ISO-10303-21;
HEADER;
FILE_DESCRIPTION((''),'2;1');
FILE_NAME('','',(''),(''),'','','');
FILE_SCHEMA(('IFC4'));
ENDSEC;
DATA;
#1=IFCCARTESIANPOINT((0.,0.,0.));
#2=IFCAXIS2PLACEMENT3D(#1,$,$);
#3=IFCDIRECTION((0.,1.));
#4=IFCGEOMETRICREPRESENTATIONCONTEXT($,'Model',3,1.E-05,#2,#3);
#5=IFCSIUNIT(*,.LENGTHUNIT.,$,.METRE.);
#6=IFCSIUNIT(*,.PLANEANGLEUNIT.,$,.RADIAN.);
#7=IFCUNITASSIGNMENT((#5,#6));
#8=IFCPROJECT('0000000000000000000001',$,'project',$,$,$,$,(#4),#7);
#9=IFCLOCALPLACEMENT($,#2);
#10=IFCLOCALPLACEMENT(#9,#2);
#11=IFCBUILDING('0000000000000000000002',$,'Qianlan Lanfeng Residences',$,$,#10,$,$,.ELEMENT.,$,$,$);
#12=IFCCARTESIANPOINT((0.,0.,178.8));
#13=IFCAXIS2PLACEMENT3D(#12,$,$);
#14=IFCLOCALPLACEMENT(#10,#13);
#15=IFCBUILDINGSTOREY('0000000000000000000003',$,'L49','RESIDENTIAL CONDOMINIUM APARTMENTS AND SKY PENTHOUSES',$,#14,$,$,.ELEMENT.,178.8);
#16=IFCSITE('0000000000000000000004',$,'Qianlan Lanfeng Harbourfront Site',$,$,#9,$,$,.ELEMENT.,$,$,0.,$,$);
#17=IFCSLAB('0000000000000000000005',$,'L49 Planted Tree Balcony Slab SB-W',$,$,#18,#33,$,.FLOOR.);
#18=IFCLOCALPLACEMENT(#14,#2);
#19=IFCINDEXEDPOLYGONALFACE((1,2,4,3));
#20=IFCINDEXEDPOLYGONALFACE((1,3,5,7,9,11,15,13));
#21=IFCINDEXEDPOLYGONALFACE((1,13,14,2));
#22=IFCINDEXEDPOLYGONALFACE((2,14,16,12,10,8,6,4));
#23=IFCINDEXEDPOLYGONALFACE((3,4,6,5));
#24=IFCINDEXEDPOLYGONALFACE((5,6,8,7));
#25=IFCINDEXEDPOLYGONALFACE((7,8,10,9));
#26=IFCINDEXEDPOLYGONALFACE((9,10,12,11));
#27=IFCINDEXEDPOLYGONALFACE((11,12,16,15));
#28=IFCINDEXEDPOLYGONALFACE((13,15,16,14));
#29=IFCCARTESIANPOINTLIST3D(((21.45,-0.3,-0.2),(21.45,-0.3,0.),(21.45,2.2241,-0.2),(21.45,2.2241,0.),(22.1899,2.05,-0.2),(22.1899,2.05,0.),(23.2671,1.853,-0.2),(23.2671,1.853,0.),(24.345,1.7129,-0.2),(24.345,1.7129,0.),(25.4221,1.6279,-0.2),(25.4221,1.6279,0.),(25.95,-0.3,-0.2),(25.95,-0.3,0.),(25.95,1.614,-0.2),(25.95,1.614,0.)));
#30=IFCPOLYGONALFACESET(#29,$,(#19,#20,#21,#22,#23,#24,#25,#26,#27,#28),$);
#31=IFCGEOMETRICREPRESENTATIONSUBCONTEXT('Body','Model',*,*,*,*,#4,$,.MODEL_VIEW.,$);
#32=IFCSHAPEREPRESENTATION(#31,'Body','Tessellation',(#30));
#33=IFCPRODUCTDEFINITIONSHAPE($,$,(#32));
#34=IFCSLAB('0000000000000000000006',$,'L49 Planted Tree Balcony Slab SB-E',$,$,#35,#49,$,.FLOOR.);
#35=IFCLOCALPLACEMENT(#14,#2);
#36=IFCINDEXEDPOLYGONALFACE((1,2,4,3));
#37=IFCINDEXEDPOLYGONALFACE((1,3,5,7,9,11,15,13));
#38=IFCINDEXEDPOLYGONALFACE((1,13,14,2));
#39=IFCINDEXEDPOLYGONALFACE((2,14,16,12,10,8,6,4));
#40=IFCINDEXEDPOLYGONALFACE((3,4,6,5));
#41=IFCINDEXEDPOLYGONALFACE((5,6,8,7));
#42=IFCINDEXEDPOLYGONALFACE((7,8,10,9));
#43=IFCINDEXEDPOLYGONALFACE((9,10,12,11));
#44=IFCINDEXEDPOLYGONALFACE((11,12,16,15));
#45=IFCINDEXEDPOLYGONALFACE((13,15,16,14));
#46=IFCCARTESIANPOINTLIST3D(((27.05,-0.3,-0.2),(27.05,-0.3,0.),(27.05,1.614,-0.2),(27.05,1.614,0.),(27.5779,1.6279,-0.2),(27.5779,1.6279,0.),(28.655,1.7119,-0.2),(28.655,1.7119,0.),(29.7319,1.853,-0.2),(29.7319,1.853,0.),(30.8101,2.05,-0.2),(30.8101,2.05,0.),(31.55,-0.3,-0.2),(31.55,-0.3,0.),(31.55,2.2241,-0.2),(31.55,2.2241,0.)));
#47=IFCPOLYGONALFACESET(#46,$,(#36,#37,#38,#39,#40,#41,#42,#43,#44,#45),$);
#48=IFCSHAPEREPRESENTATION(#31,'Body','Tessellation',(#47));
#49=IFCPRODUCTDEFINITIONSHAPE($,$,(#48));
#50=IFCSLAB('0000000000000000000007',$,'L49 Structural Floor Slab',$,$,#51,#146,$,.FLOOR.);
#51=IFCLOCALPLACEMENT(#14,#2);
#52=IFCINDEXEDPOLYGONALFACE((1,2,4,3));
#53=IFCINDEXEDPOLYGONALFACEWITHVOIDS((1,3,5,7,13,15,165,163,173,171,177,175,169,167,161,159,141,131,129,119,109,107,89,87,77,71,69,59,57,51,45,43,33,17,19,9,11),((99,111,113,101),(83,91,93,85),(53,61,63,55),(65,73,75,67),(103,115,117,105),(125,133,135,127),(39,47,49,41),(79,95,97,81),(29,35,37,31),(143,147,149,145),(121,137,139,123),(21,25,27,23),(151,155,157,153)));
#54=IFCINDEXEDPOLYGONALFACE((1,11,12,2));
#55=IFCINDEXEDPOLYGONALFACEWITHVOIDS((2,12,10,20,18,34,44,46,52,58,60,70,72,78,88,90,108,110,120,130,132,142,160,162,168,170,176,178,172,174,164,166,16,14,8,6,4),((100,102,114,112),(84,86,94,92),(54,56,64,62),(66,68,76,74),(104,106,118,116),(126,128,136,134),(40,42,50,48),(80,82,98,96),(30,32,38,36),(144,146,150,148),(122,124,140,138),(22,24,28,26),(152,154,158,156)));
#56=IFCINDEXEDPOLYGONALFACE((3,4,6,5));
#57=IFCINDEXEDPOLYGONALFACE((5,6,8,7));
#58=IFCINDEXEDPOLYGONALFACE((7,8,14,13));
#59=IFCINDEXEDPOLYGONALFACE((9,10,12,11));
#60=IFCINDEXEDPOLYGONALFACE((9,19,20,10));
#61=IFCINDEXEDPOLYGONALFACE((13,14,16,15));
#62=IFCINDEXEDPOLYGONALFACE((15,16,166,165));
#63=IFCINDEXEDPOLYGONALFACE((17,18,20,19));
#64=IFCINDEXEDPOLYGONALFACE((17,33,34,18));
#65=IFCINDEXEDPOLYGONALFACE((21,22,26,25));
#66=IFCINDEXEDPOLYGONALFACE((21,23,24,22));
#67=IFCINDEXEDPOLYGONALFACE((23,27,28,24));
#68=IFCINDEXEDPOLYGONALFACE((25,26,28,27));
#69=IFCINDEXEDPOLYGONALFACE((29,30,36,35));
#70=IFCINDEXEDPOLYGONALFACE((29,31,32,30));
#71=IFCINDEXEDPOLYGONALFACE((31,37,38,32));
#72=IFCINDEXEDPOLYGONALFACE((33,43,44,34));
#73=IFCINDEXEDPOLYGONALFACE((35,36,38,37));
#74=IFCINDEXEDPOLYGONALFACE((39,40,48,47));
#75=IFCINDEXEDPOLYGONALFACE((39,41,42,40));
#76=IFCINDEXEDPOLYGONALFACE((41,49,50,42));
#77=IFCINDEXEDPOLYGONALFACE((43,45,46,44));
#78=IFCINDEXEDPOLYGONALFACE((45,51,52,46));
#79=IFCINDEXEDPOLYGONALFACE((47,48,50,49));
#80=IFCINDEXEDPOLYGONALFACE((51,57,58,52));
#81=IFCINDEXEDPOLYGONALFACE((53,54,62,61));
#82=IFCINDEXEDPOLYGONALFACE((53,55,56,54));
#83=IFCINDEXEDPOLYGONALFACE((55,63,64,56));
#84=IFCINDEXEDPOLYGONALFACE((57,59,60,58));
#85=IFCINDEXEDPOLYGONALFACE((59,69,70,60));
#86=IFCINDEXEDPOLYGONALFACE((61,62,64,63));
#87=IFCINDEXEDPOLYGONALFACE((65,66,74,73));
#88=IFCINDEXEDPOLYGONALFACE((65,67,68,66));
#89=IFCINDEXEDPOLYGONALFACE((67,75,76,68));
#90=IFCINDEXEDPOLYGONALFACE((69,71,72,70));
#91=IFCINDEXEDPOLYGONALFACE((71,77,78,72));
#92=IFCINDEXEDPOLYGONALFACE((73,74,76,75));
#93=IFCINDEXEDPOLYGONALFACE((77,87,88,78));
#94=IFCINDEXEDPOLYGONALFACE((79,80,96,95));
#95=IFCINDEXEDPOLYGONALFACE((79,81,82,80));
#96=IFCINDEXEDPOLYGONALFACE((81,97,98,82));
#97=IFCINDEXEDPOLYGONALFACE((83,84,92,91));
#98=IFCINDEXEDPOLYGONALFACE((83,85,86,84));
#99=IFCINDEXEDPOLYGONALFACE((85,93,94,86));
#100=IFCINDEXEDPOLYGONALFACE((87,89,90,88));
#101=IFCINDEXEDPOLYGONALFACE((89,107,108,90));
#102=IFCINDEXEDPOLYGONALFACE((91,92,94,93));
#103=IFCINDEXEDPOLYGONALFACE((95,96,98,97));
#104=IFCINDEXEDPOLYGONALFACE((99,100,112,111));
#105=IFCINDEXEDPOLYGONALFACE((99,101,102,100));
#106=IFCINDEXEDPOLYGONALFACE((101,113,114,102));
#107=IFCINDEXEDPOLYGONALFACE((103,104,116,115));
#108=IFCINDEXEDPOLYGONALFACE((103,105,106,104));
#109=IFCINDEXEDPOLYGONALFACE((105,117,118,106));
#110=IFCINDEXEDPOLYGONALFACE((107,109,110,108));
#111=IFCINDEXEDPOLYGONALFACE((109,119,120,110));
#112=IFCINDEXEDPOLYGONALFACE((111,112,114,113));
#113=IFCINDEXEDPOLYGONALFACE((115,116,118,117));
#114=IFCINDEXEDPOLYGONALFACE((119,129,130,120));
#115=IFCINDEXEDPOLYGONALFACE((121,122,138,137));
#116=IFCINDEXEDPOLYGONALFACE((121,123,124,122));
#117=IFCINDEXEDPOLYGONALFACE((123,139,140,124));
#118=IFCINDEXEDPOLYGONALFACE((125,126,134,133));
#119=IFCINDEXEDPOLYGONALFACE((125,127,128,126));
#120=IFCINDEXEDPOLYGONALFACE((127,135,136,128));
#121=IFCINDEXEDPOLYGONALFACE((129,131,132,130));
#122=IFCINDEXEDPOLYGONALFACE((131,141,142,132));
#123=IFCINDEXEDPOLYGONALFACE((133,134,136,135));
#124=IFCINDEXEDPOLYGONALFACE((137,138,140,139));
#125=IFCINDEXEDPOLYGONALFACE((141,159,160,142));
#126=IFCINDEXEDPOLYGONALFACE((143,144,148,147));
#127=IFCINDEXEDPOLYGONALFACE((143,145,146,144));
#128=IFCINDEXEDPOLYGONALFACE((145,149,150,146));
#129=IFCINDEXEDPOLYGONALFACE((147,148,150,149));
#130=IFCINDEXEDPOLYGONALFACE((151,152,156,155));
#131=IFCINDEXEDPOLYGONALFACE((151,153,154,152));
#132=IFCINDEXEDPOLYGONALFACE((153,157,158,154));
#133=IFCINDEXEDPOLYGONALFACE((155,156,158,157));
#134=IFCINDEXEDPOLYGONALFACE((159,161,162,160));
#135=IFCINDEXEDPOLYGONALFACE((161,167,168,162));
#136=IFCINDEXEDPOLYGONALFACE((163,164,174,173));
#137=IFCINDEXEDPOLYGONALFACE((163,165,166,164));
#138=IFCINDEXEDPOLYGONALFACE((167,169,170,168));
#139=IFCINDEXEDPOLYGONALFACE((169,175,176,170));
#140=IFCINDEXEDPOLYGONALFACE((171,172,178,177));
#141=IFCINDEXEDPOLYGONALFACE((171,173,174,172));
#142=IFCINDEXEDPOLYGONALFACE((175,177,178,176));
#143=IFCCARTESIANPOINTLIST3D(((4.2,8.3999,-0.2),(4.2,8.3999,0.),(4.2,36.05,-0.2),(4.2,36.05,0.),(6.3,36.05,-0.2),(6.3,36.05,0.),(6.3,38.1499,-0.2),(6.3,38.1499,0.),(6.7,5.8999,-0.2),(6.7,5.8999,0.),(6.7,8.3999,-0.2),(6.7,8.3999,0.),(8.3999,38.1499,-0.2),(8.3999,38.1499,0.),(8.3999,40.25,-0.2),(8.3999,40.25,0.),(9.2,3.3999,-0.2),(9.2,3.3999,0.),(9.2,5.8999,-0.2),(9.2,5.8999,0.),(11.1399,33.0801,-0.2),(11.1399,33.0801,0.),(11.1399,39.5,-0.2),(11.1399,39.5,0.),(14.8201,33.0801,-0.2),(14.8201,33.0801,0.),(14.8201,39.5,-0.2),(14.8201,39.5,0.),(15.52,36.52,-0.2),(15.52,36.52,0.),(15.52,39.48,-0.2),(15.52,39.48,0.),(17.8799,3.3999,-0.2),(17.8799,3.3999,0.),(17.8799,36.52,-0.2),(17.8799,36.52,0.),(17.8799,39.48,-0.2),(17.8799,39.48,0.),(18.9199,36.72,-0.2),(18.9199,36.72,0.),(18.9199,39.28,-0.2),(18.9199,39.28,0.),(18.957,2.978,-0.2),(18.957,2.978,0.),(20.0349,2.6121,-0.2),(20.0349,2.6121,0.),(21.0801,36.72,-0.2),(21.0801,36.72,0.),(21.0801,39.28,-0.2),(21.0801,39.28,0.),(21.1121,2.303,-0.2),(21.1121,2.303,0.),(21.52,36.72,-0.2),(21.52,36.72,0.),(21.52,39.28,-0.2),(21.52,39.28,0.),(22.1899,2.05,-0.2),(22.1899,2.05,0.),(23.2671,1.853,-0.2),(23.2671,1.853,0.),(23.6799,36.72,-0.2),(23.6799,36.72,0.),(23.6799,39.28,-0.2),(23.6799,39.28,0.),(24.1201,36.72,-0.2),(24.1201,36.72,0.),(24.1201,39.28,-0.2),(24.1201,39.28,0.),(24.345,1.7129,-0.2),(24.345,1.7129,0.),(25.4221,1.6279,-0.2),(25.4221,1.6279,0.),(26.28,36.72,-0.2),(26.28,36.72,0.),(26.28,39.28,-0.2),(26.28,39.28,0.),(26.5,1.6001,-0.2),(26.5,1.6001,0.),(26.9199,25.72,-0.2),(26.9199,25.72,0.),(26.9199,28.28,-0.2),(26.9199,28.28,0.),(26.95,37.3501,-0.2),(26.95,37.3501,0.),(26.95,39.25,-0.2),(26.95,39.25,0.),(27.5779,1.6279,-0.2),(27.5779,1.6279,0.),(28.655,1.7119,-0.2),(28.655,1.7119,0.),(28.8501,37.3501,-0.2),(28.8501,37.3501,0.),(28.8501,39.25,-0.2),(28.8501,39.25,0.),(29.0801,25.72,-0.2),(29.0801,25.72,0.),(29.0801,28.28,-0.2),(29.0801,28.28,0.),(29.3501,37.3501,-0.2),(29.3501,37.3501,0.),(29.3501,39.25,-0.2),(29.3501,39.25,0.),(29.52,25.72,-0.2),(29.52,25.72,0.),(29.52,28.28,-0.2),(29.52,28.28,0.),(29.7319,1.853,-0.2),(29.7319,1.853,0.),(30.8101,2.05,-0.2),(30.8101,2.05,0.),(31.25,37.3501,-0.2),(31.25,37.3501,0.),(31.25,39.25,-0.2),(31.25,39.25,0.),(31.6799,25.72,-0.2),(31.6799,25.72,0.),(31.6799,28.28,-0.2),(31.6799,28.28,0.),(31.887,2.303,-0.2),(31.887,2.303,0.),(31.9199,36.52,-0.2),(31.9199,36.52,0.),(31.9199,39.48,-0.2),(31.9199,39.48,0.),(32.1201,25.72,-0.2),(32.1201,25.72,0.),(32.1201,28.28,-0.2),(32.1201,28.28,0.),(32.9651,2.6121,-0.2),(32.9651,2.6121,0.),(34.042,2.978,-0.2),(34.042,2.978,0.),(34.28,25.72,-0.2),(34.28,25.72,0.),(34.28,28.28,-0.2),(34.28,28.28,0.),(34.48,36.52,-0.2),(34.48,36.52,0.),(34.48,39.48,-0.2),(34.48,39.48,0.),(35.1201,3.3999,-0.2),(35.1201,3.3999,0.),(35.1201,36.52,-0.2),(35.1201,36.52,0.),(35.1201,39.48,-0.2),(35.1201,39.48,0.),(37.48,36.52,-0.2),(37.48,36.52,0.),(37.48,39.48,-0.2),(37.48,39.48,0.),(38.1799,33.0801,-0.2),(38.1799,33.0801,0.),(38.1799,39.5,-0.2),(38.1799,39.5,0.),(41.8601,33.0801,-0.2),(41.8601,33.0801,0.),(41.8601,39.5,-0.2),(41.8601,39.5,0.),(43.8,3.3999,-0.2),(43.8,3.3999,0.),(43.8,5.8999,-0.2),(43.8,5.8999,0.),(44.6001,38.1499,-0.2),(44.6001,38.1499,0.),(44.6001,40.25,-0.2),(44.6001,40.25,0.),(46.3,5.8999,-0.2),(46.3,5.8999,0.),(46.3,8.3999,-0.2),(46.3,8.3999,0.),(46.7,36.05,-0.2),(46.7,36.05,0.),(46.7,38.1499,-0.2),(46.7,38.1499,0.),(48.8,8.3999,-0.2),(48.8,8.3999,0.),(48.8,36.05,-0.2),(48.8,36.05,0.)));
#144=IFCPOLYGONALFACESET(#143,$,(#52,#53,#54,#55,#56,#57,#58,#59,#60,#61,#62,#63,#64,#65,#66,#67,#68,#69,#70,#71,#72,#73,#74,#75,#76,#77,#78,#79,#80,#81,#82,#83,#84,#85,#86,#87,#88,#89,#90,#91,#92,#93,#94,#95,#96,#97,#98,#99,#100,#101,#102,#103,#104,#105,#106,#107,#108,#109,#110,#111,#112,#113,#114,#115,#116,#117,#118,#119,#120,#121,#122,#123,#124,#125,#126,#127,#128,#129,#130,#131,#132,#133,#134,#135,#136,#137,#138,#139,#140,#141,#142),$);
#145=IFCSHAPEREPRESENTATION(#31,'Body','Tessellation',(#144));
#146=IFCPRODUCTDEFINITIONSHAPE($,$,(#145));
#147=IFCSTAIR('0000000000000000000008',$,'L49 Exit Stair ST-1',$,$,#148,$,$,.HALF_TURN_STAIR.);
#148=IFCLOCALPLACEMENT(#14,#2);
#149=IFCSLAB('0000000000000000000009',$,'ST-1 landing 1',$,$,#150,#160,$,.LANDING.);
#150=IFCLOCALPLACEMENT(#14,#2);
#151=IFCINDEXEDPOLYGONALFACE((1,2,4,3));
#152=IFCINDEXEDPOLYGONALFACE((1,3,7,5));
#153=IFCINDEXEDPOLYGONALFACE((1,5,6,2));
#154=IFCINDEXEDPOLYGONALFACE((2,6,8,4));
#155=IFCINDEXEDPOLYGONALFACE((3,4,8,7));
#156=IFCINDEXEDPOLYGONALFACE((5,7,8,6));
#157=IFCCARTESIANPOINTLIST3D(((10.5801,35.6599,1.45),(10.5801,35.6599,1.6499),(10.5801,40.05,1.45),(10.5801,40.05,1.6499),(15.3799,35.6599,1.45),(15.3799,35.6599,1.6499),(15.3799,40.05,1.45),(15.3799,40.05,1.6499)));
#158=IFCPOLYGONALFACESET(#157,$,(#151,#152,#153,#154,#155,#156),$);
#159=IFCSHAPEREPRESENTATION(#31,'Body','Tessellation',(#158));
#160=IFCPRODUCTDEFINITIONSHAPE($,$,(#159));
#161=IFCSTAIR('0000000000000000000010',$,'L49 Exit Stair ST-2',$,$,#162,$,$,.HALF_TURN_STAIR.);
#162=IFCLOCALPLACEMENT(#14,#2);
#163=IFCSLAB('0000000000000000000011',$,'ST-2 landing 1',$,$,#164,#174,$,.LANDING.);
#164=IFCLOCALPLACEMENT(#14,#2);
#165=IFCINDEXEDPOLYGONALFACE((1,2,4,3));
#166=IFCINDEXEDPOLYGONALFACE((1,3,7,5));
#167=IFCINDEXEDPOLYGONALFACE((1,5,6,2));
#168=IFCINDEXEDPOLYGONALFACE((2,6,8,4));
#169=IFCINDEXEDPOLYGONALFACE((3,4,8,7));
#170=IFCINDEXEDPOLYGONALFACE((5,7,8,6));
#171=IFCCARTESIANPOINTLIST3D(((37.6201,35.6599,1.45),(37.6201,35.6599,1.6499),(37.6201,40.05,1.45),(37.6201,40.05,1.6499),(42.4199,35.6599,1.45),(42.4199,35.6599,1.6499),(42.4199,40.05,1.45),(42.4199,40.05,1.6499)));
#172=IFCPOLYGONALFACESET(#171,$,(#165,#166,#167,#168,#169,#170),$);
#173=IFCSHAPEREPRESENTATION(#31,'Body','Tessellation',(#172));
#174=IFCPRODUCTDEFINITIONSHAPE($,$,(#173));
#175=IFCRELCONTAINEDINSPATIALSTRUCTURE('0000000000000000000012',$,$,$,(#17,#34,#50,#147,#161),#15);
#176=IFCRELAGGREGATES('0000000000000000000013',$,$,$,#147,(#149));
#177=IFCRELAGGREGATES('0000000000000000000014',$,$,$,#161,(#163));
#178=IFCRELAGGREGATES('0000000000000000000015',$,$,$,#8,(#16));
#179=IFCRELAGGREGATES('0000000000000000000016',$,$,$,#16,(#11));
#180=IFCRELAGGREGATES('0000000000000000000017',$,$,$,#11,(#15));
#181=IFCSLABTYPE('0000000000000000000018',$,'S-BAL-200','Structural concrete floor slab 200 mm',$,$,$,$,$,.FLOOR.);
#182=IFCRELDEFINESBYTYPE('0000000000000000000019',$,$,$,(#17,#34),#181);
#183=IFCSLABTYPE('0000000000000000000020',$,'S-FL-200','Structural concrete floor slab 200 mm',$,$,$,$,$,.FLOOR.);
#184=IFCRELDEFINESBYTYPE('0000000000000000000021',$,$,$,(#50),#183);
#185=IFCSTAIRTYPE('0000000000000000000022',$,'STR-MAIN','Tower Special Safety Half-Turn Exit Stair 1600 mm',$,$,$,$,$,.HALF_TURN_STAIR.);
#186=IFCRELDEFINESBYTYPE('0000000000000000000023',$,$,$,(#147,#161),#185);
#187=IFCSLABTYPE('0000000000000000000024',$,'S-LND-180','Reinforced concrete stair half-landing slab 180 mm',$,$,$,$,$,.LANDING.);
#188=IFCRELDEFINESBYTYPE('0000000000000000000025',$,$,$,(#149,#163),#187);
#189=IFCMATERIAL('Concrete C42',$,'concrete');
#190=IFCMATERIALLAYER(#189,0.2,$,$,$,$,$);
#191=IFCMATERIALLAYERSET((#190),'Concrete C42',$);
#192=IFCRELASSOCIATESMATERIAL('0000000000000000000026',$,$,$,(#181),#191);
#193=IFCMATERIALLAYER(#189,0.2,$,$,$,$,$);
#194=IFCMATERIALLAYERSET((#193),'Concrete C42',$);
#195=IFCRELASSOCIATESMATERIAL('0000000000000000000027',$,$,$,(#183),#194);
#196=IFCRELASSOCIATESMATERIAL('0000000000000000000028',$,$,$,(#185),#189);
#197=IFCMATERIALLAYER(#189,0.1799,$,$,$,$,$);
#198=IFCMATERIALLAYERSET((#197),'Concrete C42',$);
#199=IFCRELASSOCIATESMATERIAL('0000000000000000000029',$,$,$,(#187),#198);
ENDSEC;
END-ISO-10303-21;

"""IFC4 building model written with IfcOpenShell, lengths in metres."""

from ifc_helpers import new_model, si_unit, direction, frame, origin, place, context, subcontext, project, spatial, polyline, outline, extrude, material, layer, layer_set, type_object, element, aggregate, save


model = new_model("IFC4")

# Units and contexts
model_context = context("Model", 3, precision=1e-05, world=origin(), true_north=direction((0.0, 1.0)))
body_context = subcontext(model_context, "Body", "Model", "MODEL_VIEW")
ifc_project = project(units=[si_unit("LENGTHUNIT", "METRE"), si_unit("PLANEANGLEUNIT", "RADIAN")], contexts=[model_context])

# Site, building, storey
site_placement = place(None, origin())
site = spatial("IfcSite", under=ifc_project, at=site_placement, Name="Qianlan Lanfeng Harbourfront Site", CompositionType="ELEMENT", RefElevation=0.0)
building_placement = place(site_placement, origin())
building = spatial("IfcBuilding", under=site, at=building_placement, Name="Qianlan Lanfeng Residences", CompositionType="ELEMENT")
storey_placement = place(building_placement, frame((0.0, 0.0, 178.8)))
storey = spatial("IfcBuildingStorey", under=building, at=storey_placement, Name="L49", Description="RESIDENTIAL CONDOMINIUM APARTMENTS AND SKY PENTHOUSES", CompositionType="ELEMENT", Elevation=178.8)

# Slabs
ifc_material_1 = material(Name="Concrete C42", Category="concrete")
ifc_layer_1 = layer(ifc_material_1, 0.2)
ifc_layer_set_1 = layer_set([ifc_layer_1], Name="Concrete C42")
slab_type_1 = type_object("IfcSlabType", Name="S-BAL-200", Description="Structural concrete floor slab 200 mm", PredefinedType="FLOOR", material=ifc_layer_set_1)
slab_1_placement = place(storey_placement, frame((0.0, 0.0, -0.2)))
element("IfcSlab", 1, at=slab_1_placement, inside=storey, type_object=slab_type_1, Name="L49 Planted Tree Balcony Slab SB-W", PredefinedType="FLOOR", context=body_context, shape_type="SweptSolid", body=[
    extrude(outline(polyline([(25.95, 1.614), (25.4221, 1.6279), (24.345, 1.7129), (23.2671, 1.853), (22.1899, 2.05), (21.45, 2.2241), (21.45, -0.3), (25.95, -0.3), (25.95, 1.614)])), origin(), (0.0, 0.0, 1.0), 0.2),
])
slab_2_placement = place(storey_placement, frame((0.0, 0.0, -0.2)))
element("IfcSlab", 2, at=slab_2_placement, inside=storey, type_object=slab_type_1, Name="L49 Planted Tree Balcony Slab SB-E", PredefinedType="FLOOR", context=body_context, shape_type="SweptSolid", body=[
    extrude(outline(polyline([(31.55, 2.2241), (30.8101, 2.05), (29.7319, 1.853), (28.655, 1.7119), (27.5779, 1.6279), (27.05, 1.614), (27.05, -0.3), (31.55, -0.3), (31.55, 2.2241)])), origin(), (0.0, 0.0, 1.0), 0.2),
])
ifc_layer_2 = layer(ifc_material_1, 0.2)
ifc_layer_set_2 = layer_set([ifc_layer_2], Name="Concrete C42")
slab_type_2 = type_object("IfcSlabType", Name="S-FL-200", Description="Structural concrete floor slab 200 mm", PredefinedType="FLOOR", material=ifc_layer_set_2)
slab_3_placement = place(storey_placement, frame((0.0, 0.0, -0.2)))
element("IfcSlab", 3, at=slab_3_placement, inside=storey, type_object=slab_type_2, Name="L49 Structural Floor Slab", PredefinedType="FLOOR", context=body_context, shape_type="SweptSolid", body=[
    extrude(outline(polyline([(4.2, 8.3999), (6.7, 8.3999), (6.7, 5.8999), (9.2, 5.8999), (9.2, 3.3999), (17.8799, 3.3999), (18.957, 2.978), (20.0349, 2.6121), (21.1121, 2.303), (22.1899, 2.05), (23.2671, 1.853), (24.345, 1.7129), (25.4221, 1.6279), (26.5, 1.6001), (27.5779, 1.6279), (28.655, 1.7119), (29.7319, 1.853), (30.8101, 2.05), (31.887, 2.303), (32.9651, 2.6121), (34.042, 2.978), (35.1201, 3.3999), (43.8, 3.3999), (43.8, 5.8999), (46.3, 5.8999), (46.3, 8.3999), (48.8, 8.3999), (48.8, 36.05), (46.7, 36.05), (46.7, 38.1499), (44.6001, 38.1499), (44.6001, 40.25), (8.3999, 40.25), (8.3999, 38.1499), (6.3, 38.1499), (6.3, 36.05), (4.2, 36.05), (4.2, 8.3999)]), holes=[polyline([(11.1399, 33.0801), (11.1399, 39.5), (14.8201, 39.5), (14.8201, 33.0801), (11.1399, 33.0801)]), polyline([(38.1799, 33.0801), (38.1799, 39.5), (41.8601, 39.5), (41.8601, 33.0801), (38.1799, 33.0801)]), polyline([(15.52, 36.52), (15.52, 39.48), (17.8799, 39.48), (17.8799, 36.52), (15.52, 36.52)]), polyline([(35.1201, 36.52), (35.1201, 39.48), (37.48, 39.48), (37.48, 36.52), (35.1201, 36.52)]), polyline([(31.9199, 36.52), (31.9199, 39.48), (34.48, 39.48), (34.48, 36.52), (31.9199, 36.52)]), polyline([(26.9199, 25.72), (26.9199, 28.28), (29.0801, 28.28), (29.0801, 25.72), (26.9199, 25.72)]), polyline([(29.52, 25.72), (29.52, 28.28), (31.6799, 28.28), (31.6799, 25.72), (29.52, 25.72)]), polyline([(32.1201, 25.72), (32.1201, 28.28), (34.28, 28.28), (34.28, 25.72), (32.1201, 25.72)]), polyline([(18.9199, 36.72), (18.9199, 39.28), (21.0801, 39.28), (21.0801, 36.72), (18.9199, 36.72)]), polyline([(21.52, 36.72), (21.52, 39.28), (23.6799, 39.28), (23.6799, 36.72), (21.52, 36.72)]), polyline([(24.1201, 36.72), (24.1201, 39.28), (26.28, 39.28), (26.28, 36.72), (24.1201, 36.72)]), polyline([(26.95, 37.3501), (26.95, 39.25), (28.8501, 39.25), (28.8501, 37.3501), (26.95, 37.3501)]), polyline([(29.3501, 37.3501), (29.3501, 39.25), (31.25, 39.25), (31.25, 37.3501), (29.3501, 37.3501)])]), origin(), (0.0, 0.0, 1.0), 0.2),
])

# Stairs, slabs
stair_type = type_object("IfcStairType", Name="STR-MAIN", Description="Tower Special Safety Half-Turn Exit Stair 1600 mm", PredefinedType="HALF_TURN_STAIR", material=ifc_material_1)
stair_1_placement = place(storey_placement, origin())
stair_1 = element("IfcStair", 4, at=stair_1_placement, inside=storey, type_object=stair_type, Name="L49 Exit Stair ST-1", PredefinedType="HALF_TURN_STAIR")
ifc_layer_3 = layer(ifc_material_1, 0.1799)
ifc_layer_set_3 = layer_set([ifc_layer_3], Name="Concrete C42")
slab_type_3 = type_object("IfcSlabType", Name="S-LND-180", Description="Reinforced concrete stair half-landing slab 180 mm", PredefinedType="LANDING", material=ifc_layer_set_3)
slab_4_placement = place(storey_placement, frame((0.0, 0.0, 1.45)))
slab_4 = element("IfcSlab", 5, at=slab_4_placement, type_object=slab_type_3, Name="ST-1 landing 1", PredefinedType="LANDING", context=body_context, shape_type="SweptSolid", body=[
    extrude(outline(polyline([(10.5801, 35.6599), (15.3799, 35.6599), (15.3799, 40.05), (10.5801, 40.05), (10.5801, 35.6599)])), origin(), (0.0, 0.0, 1.0), 0.2),
])
aggregate(stair_1, [slab_4])
stair_2_placement = place(storey_placement, origin())
stair_2 = element("IfcStair", 6, at=stair_2_placement, inside=storey, type_object=stair_type, Name="L49 Exit Stair ST-2", PredefinedType="HALF_TURN_STAIR")
slab_5_placement = place(storey_placement, frame((0.0, 0.0, 1.45)))
slab_5 = element("IfcSlab", 7, at=slab_5_placement, type_object=slab_type_3, Name="ST-2 landing 1", PredefinedType="LANDING", context=body_context, shape_type="SweptSolid", body=[
    extrude(outline(polyline([(37.6201, 35.6599), (42.4199, 35.6599), (42.4199, 40.05), (37.6201, 40.05), (37.6201, 35.6599)])), origin(), (0.0, 0.0, 1.0), 0.2),
])
aggregate(stair_2, [slab_5])

save(model, "model.ifc")
